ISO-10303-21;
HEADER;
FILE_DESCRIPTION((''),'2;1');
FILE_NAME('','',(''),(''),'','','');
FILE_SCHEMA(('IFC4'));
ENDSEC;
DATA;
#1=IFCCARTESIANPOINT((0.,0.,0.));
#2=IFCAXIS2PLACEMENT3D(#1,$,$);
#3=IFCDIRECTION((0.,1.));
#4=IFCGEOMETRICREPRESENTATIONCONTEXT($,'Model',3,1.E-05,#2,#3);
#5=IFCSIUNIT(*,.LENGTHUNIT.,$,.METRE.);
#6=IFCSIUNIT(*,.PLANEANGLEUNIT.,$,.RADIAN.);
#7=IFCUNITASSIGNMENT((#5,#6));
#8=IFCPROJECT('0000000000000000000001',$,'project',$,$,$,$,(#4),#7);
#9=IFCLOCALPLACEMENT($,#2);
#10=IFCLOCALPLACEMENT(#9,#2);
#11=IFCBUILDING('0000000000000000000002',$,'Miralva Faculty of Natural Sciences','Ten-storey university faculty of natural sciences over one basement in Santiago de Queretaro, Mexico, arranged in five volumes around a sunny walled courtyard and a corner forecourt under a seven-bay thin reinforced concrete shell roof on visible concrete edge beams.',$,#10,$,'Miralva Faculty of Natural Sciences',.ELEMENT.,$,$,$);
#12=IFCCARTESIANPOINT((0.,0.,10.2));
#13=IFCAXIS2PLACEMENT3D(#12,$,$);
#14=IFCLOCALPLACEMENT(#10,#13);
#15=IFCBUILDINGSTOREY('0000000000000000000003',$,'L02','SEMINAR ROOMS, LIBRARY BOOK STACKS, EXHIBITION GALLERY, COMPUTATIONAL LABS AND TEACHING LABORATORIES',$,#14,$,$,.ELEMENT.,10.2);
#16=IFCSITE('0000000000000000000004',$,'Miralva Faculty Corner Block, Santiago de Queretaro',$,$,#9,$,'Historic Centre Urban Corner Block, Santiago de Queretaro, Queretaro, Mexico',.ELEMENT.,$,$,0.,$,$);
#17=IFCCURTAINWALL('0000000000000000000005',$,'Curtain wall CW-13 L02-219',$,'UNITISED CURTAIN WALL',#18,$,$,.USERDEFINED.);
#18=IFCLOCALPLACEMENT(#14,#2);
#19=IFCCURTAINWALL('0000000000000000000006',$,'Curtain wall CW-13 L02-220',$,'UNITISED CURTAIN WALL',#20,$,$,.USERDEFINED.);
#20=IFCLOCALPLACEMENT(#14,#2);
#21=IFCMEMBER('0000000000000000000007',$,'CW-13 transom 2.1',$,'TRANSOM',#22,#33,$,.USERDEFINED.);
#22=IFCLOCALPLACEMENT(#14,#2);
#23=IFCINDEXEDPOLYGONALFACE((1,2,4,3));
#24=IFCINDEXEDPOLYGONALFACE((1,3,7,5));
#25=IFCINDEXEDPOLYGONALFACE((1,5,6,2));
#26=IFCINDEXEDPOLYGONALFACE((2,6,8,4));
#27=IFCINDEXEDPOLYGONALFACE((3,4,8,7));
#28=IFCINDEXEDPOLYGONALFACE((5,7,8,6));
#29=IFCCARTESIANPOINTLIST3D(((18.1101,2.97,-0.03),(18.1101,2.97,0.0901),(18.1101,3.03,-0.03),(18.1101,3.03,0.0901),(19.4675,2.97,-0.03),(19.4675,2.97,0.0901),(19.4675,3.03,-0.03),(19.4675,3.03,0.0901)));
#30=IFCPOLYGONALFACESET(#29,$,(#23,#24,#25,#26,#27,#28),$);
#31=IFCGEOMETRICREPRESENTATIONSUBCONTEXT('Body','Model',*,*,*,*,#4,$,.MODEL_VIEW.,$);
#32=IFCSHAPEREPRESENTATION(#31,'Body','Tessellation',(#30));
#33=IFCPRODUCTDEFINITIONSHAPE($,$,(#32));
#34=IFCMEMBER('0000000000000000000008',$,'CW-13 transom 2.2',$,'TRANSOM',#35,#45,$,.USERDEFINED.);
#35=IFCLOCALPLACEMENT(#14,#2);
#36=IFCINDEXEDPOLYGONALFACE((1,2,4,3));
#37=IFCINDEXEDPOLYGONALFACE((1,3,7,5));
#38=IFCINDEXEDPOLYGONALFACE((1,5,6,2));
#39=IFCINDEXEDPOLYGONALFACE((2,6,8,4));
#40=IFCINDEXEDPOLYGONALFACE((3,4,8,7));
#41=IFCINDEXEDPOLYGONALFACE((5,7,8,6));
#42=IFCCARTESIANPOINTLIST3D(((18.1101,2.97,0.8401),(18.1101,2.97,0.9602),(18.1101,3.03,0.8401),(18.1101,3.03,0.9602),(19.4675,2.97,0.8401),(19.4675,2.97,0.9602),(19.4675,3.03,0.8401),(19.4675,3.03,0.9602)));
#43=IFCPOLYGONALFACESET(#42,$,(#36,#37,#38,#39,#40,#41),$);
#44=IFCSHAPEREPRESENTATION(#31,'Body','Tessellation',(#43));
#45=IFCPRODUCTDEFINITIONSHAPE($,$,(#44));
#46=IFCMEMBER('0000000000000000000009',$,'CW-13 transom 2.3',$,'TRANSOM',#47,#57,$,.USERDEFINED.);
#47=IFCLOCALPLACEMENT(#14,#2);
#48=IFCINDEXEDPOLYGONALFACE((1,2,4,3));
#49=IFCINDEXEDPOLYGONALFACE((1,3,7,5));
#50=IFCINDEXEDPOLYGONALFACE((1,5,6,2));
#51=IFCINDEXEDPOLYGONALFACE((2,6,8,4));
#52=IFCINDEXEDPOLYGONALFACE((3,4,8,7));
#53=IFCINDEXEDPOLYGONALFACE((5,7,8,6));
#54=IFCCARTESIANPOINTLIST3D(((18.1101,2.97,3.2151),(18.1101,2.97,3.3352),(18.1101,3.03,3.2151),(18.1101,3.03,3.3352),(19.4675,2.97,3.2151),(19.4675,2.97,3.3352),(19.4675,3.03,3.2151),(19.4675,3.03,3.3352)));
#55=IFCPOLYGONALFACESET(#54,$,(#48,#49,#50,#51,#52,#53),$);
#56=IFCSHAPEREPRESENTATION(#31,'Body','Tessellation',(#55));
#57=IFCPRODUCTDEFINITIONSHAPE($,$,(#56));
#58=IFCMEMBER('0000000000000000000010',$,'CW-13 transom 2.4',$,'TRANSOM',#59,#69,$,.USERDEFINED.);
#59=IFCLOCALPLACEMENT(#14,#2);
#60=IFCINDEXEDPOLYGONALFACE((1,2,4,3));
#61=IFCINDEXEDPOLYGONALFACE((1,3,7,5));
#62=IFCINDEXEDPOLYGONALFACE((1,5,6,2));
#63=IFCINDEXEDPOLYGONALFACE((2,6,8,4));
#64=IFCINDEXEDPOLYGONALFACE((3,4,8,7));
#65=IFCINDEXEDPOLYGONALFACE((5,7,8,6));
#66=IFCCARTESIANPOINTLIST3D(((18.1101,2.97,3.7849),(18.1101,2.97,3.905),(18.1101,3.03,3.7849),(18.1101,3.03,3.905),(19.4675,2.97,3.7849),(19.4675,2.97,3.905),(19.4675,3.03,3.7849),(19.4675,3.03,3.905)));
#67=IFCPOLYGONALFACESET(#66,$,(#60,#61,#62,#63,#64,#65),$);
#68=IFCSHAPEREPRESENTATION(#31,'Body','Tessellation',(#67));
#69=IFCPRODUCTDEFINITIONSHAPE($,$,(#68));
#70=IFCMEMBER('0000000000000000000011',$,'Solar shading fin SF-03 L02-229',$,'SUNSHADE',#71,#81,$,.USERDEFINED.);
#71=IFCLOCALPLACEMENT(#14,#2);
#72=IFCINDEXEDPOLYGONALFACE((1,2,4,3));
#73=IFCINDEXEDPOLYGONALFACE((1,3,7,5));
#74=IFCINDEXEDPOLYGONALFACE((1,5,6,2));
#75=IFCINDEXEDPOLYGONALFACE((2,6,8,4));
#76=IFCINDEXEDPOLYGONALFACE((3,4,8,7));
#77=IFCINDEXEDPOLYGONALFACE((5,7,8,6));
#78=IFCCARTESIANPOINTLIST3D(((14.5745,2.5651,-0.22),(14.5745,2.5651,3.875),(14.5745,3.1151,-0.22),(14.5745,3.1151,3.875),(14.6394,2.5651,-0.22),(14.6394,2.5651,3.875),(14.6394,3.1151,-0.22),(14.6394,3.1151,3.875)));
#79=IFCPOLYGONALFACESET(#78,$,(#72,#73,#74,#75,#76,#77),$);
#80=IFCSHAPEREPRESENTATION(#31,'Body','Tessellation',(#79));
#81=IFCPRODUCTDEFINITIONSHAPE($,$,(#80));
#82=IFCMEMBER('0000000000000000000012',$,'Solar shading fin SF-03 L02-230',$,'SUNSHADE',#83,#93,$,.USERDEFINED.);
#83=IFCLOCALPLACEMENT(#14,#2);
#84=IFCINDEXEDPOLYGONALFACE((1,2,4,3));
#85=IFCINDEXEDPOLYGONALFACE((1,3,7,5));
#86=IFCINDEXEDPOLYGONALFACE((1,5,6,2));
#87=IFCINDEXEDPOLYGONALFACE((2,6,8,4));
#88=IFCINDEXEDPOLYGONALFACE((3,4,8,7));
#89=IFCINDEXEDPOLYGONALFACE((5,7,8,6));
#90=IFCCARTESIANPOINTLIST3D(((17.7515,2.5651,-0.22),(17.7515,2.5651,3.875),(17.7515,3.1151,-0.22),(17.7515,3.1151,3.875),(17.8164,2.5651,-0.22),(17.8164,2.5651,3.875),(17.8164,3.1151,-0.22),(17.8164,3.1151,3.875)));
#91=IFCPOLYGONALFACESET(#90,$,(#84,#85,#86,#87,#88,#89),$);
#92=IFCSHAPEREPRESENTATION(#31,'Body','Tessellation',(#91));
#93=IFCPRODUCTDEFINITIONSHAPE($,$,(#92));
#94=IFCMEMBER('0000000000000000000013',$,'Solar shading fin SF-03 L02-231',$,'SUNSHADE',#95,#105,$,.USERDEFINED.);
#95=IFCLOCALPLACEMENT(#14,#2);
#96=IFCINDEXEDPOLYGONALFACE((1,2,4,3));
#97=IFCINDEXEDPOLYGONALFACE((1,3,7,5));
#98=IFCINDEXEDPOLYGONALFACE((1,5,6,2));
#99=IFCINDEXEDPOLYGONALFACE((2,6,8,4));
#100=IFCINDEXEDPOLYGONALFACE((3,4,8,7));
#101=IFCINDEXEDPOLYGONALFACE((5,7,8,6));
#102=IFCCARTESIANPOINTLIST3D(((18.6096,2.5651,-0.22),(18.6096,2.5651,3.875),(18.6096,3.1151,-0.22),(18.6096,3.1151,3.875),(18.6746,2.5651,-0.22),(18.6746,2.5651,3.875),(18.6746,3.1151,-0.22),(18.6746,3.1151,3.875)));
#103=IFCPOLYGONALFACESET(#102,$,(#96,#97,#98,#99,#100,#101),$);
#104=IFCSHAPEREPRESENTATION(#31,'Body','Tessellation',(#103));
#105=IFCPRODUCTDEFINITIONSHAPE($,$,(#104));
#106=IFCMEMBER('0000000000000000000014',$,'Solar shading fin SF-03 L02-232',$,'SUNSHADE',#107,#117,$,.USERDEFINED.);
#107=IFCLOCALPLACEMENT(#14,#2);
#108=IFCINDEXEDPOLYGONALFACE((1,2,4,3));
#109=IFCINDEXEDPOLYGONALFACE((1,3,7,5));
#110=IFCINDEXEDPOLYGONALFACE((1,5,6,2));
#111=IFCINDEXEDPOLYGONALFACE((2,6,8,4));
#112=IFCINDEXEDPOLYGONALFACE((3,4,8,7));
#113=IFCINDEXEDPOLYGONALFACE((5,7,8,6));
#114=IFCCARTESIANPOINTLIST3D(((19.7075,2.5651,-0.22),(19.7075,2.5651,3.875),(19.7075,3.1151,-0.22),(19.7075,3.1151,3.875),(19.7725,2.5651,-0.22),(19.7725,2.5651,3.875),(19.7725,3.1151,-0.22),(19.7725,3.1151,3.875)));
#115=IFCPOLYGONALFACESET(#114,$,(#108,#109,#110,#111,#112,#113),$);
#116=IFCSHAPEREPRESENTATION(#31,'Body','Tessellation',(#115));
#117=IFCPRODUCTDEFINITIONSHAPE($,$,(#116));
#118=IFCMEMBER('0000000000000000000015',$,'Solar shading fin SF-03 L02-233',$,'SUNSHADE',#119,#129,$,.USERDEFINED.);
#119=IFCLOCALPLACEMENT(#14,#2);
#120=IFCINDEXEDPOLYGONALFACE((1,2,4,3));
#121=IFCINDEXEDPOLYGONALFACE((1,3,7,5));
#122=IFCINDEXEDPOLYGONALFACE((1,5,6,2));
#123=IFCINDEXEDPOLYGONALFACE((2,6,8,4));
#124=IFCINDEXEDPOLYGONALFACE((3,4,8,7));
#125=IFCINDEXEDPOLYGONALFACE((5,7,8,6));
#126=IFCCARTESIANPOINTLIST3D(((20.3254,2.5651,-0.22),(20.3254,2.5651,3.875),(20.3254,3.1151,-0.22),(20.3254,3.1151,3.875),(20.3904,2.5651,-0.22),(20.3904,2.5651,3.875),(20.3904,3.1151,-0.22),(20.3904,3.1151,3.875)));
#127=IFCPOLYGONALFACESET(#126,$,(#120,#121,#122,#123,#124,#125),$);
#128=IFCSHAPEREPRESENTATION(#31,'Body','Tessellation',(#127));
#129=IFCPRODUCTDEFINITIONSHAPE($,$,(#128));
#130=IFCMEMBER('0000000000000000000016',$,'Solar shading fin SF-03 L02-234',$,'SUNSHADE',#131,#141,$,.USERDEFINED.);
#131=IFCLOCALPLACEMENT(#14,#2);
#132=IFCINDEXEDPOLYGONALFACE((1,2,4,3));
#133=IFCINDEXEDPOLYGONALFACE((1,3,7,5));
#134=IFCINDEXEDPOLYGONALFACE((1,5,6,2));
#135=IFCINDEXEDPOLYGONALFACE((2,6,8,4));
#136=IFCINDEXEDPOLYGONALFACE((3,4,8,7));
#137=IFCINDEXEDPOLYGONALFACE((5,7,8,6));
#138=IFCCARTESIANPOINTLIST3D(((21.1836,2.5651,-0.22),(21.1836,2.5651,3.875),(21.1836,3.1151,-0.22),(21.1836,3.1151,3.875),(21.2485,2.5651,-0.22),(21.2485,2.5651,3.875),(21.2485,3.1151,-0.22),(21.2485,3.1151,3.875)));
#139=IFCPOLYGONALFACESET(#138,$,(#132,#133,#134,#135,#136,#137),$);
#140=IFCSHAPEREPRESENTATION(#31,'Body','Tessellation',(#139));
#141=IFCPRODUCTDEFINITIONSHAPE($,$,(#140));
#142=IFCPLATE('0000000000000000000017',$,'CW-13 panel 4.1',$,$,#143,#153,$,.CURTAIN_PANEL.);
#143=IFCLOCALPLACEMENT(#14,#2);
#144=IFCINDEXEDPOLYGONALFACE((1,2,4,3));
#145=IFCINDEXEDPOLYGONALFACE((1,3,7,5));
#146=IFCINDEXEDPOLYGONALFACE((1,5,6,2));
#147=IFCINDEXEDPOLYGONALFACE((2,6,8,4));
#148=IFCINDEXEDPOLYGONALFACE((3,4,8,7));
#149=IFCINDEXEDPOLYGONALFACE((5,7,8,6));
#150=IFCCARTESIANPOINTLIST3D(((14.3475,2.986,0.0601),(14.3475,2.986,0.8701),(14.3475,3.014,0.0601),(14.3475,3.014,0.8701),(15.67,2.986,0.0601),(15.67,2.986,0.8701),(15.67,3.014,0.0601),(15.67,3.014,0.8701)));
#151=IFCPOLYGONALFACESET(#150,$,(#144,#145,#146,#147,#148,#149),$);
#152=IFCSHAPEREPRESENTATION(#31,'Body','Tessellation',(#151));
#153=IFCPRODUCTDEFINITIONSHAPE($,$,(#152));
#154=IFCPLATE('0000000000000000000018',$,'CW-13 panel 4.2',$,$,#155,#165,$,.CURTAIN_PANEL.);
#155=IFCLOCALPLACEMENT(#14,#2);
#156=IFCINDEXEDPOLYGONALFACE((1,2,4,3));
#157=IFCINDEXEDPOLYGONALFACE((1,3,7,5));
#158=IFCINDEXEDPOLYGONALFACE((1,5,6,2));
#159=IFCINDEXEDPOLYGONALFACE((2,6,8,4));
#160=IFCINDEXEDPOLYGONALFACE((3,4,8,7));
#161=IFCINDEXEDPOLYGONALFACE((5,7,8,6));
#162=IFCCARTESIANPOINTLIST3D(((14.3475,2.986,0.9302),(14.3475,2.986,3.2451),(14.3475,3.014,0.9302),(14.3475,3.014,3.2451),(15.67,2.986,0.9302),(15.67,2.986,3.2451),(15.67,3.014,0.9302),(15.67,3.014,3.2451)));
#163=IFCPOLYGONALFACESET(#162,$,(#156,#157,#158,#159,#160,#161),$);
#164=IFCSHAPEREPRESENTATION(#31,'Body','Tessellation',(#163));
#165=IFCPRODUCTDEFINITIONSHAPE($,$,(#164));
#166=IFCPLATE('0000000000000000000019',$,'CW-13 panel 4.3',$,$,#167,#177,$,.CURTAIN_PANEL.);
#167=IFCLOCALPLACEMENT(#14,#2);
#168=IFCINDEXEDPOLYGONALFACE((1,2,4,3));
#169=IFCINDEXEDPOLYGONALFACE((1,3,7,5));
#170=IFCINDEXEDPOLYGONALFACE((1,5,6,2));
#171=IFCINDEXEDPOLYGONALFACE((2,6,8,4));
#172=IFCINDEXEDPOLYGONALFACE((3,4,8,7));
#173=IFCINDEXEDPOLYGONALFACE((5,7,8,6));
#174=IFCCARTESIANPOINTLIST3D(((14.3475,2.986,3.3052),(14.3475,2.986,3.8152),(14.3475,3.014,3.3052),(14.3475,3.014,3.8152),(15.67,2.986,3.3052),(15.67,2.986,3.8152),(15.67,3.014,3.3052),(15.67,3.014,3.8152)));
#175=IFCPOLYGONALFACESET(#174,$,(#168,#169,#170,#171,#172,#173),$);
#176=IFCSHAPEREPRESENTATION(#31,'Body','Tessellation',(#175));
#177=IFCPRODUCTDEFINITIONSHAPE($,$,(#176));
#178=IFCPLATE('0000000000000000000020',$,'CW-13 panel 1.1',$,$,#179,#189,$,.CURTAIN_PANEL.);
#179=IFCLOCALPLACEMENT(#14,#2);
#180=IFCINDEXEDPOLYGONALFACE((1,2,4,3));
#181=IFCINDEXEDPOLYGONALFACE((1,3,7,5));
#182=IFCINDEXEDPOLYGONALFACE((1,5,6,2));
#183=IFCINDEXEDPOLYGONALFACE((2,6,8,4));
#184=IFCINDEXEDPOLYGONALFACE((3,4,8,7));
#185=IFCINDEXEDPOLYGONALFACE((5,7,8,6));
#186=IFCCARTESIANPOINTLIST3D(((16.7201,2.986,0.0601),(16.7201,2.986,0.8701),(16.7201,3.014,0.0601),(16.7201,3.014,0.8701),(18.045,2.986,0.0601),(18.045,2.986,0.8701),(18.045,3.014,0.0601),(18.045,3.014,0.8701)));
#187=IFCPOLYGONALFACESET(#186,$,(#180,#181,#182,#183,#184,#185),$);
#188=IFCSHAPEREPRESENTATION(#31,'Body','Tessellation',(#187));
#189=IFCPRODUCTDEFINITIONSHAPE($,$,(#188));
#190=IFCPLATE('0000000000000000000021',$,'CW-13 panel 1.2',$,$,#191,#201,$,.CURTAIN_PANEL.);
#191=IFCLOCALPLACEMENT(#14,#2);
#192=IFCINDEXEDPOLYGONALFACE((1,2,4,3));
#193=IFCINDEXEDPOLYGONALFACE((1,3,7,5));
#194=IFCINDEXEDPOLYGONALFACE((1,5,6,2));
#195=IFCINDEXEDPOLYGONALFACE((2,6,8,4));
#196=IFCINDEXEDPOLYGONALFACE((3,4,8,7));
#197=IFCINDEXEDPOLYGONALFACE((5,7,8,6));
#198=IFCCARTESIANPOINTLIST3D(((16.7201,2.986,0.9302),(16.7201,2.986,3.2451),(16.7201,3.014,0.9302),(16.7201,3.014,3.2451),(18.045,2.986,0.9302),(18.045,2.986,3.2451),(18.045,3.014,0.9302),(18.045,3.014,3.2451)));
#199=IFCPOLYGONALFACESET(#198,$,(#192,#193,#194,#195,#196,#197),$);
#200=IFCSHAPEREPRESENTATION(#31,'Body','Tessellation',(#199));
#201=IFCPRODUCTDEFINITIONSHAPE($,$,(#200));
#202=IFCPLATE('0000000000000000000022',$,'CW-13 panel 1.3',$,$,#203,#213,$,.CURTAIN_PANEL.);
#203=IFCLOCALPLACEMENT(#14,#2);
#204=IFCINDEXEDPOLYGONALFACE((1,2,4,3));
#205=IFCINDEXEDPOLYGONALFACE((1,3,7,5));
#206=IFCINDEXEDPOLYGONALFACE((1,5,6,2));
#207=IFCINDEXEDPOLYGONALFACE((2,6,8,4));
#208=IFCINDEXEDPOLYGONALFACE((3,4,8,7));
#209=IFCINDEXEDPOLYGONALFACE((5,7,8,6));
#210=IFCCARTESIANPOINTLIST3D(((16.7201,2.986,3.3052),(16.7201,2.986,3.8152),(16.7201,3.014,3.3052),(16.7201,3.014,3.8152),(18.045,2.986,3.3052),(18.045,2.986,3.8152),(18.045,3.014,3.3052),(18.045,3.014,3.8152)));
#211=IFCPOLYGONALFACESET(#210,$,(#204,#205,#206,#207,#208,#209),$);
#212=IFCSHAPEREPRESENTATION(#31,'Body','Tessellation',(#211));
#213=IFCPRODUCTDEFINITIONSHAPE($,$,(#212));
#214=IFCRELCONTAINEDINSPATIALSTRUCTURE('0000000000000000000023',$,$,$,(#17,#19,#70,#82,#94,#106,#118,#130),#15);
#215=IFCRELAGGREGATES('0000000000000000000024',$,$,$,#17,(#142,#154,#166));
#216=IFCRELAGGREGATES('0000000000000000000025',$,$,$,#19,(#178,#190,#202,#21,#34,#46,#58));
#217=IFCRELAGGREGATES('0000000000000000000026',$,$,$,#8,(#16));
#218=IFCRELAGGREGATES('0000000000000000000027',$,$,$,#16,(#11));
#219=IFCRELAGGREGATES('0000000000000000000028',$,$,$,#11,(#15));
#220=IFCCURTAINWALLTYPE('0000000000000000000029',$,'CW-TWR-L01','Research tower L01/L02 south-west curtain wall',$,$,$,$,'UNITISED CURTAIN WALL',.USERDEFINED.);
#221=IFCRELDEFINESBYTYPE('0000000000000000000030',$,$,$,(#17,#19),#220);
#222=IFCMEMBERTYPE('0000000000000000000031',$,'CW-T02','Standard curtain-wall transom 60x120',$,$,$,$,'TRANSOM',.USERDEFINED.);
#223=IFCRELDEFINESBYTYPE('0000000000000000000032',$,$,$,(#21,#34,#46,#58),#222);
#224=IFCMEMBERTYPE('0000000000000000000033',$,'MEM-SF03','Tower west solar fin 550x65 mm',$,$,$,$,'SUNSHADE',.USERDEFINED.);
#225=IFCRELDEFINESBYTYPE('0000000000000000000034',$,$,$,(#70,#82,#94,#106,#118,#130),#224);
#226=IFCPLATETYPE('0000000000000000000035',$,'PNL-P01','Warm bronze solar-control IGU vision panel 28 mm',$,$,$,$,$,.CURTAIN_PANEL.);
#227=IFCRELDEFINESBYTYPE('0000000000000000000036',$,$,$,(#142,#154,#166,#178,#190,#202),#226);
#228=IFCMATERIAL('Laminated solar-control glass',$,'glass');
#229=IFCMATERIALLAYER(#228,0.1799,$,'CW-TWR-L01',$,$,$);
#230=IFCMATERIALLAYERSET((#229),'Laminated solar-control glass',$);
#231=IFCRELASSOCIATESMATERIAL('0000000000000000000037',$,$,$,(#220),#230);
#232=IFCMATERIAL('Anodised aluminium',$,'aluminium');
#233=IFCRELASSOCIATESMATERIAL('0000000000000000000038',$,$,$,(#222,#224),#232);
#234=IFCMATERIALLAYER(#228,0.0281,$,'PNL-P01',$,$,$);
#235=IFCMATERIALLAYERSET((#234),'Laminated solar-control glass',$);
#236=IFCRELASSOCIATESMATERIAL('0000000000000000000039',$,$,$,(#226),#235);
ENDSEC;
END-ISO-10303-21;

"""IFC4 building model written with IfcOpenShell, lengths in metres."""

from ifc_helpers import new_model, si_unit, direction, frame, origin, origin_2d, place, context, subcontext, project, spatial, rectangle, extrude, material, layer, layer_set, material_profile, profile_set, type_object, element, aggregate, save


model = new_model("IFC4")

# Units and contexts
model_context = context("Model", 3, precision=1e-05, world=origin(), true_north=direction((0.0, 1.0)))
body_context = subcontext(model_context, "Body", "Model", "MODEL_VIEW")
ifc_project = project(units=[si_unit("LENGTHUNIT", "METRE"), si_unit("PLANEANGLEUNIT", "RADIAN")], contexts=[model_context])

# Site, building, storey
site_placement = place(None, origin())
site = spatial("IfcSite", under=ifc_project, at=site_placement, Name="Miralva Faculty Corner Block, Santiago de Queretaro", LongName="Historic Centre Urban Corner Block, Santiago de Queretaro, Queretaro, Mexico", CompositionType="ELEMENT", RefElevation=0.0)
building_placement = place(site_placement, origin())
building = spatial("IfcBuilding", under=site, at=building_placement, Name="Miralva Faculty of Natural Sciences", Description="Ten-storey university faculty of natural sciences over one basement in Santiago de Queretaro, Mexico, arranged in five volumes around a sunny walled courtyard and a corner forecourt under a seven-bay thin reinforced concrete shell roof on visible concrete edge beams.", LongName="Miralva Faculty of Natural Sciences", CompositionType="ELEMENT")
storey_placement = place(building_placement, frame((0.0, 0.0, 10.2)))
storey = spatial("IfcBuildingStorey", under=building, at=storey_placement, Name="L02", Description="SEMINAR ROOMS, LIBRARY BOOK STACKS, EXHIBITION GALLERY, COMPUTATIONAL LABS AND TEACHING LABORATORIES", CompositionType="ELEMENT", Elevation=10.2)

# Curtain walls
ifc_material_1 = material(Name="Laminated solar-control glass", Category="glass")
ifc_layer_1 = layer(ifc_material_1, 0.1799, Name="CW-TWR-L01")
ifc_layer_set_1 = layer_set([ifc_layer_1], Name="Laminated solar-control glass")
curtain_wall_type = type_object("IfcCurtainWallType", Name="CW-TWR-L01", Description="Research tower L01/L02 south-west curtain wall", ElementType="UNITISED CURTAIN WALL", PredefinedType="USERDEFINED", material=ifc_layer_set_1)
curtain_wall_1_placement = place(storey_placement, origin())
curtain_wall_1 = element("IfcCurtainWall", 1, at=curtain_wall_1_placement, inside=storey, type_object=curtain_wall_type, Name="Curtain wall CW-13 L02-219", ObjectType="UNITISED CURTAIN WALL", PredefinedType="USERDEFINED")
ifc_material_2 = material(Name="Anodised aluminium", Category="aluminium")
curtain_wall_2_placement = place(storey_placement, origin())
curtain_wall_2 = element("IfcCurtainWall", 2, at=curtain_wall_2_placement, inside=storey, type_object=curtain_wall_type, Name="Curtain wall CW-13 L02-220", ObjectType="UNITISED CURTAIN WALL", PredefinedType="USERDEFINED")

# Members
ifc_material_profile_1 = material_profile(ifc_material_2, rectangle(XDim=0.0601, YDim=0.1201, at=origin_2d()), Name="TRANSOM 60x120")
ifc_profile_set_1 = profile_set([ifc_material_profile_1], Name="Anodised aluminium")
member_type_1 = type_object("IfcMemberType", Name="CW-T02", Description="Standard curtain-wall transom 60x120", ElementType="TRANSOM", PredefinedType="USERDEFINED", material=ifc_profile_set_1)
member_1_placement = place(storey_placement, frame((18.1101, 3.0, 0.03), z_axis=(1.0, 0.0, 0.0), x_axis=(0.0, 1.0, 0.0)))
member_1 = element("IfcMember", 3, at=member_1_placement, type_object=member_type_1, Name="CW-13 transom 2.1", ObjectType="TRANSOM", PredefinedType="USERDEFINED", context=body_context, shape_type="SweptSolid", body=[
    extrude(rectangle(XDim=0.0601, YDim=0.1201, at=origin_2d()), origin(), (0.0, 0.0, 1.0), 1.3574),
])
member_2_placement = place(storey_placement, frame((18.1101, 3.0, 0.9001), z_axis=(1.0, 0.0, 0.0), x_axis=(0.0, 1.0, 0.0)))
member_2 = element("IfcMember", 4, at=member_2_placement, type_object=member_type_1, Name="CW-13 transom 2.2", ObjectType="TRANSOM", PredefinedType="USERDEFINED", context=body_context, shape_type="SweptSolid", body=[
    extrude(rectangle(XDim=0.0601, YDim=0.1201, at=origin_2d()), origin(), (0.0, 0.0, 1.0), 1.3574),
])
member_3_placement = place(storey_placement, frame((18.1101, 3.0, 3.2751), z_axis=(1.0, 0.0, 0.0), x_axis=(0.0, 1.0, 0.0)))
member_3 = element("IfcMember", 5, at=member_3_placement, type_object=member_type_1, Name="CW-13 transom 2.3", ObjectType="TRANSOM", PredefinedType="USERDEFINED", context=body_context, shape_type="SweptSolid", body=[
    extrude(rectangle(XDim=0.0601, YDim=0.1201, at=origin_2d()), origin(), (0.0, 0.0, 1.0), 1.3574),
])
member_4_placement = place(storey_placement, frame((18.1101, 3.0, 3.845), z_axis=(1.0, 0.0, 0.0), x_axis=(0.0, 1.0, 0.0)))
member_4 = element("IfcMember", 6, at=member_4_placement, type_object=member_type_1, Name="CW-13 transom 2.4", ObjectType="TRANSOM", PredefinedType="USERDEFINED", context=body_context, shape_type="SweptSolid", body=[
    extrude(rectangle(XDim=0.0601, YDim=0.1201, at=origin_2d()), origin(), (0.0, 0.0, 1.0), 1.3574),
])

# Members
ifc_material_profile_2 = material_profile(ifc_material_2, rectangle(XDim=0.0649, YDim=0.55, at=origin_2d()), Name="FIN 550x65")
ifc_profile_set_2 = profile_set([ifc_material_profile_2], Name="Anodised aluminium")
member_type_2 = type_object("IfcMemberType", Name="MEM-SF03", Description="Tower west solar fin 550x65 mm", ElementType="SUNSHADE", PredefinedType="USERDEFINED", material=ifc_profile_set_2)
for number, where, z_axis, x_axis, name in (
    (7, (14.6069, 2.8401, -0.22), (0.0, 0.0, 1.0), (1.0, 0.0, 0.0), "Solar shading fin SF-03 L02-229"),
    (8, (17.7839, 2.8401, -0.22), (0.0, 0.0, 1.0), (1.0, 0.0, 0.0), "Solar shading fin SF-03 L02-230"),
    (9, (18.6421, 2.8401, -0.22), (0.0, 0.0, 1.0), (1.0, 0.0, 0.0), "Solar shading fin SF-03 L02-231"),
    (10, (19.74, 2.8401, -0.22), (0.0, 0.0, 1.0), (1.0, 0.0, 0.0), "Solar shading fin SF-03 L02-232"),
    (11, (20.3579, 2.8401, -0.22), (0.0, 0.0, 1.0), (1.0, 0.0, 0.0), "Solar shading fin SF-03 L02-233"),
    (12, (21.2161, 2.8401, -0.22), (0.0, 0.0, 1.0), (1.0, 0.0, 0.0), "Solar shading fin SF-03 L02-234"),
):
    element("IfcMember", number, at=place(storey_placement, frame(where, z_axis=z_axis, x_axis=x_axis)), inside=storey, type_object=member_type_2, Name=name, ObjectType="SUNSHADE", PredefinedType="USERDEFINED", context=body_context, shape_type="SweptSolid", body=[
        extrude(rectangle(XDim=0.0649, YDim=0.55, at=origin_2d()), origin(), (0.0, 0.0, 1.0), 4.095),
    ])

# Plates
ifc_layer_2 = layer(ifc_material_1, 0.0281, Name="PNL-P01")
ifc_layer_set_2 = layer_set([ifc_layer_2], Name="Laminated solar-control glass")
plate_type = type_object("IfcPlateType", Name="PNL-P01", Description="Warm bronze solar-control IGU vision panel 28 mm", PredefinedType="CURTAIN_PANEL", material=ifc_layer_set_2)
plate_1_placement = place(storey_placement, frame((15.0088, 3.0, 0.0601), z_axis=(0.0, 0.0, 1.0), x_axis=(1.0, 0.0, 0.0)))
plate_1 = element("IfcPlate", 13, at=plate_1_placement, type_object=plate_type, Name="CW-13 panel 4.1", PredefinedType="CURTAIN_PANEL", context=body_context, shape_type="SweptSolid", body=[
    extrude(rectangle(XDim=1.3225, YDim=0.0281, at=origin_2d()), origin(), (0.0, 0.0, 1.0), 0.8101),
])
plate_2_placement = place(storey_placement, frame((15.0088, 3.0, 0.9302), z_axis=(0.0, 0.0, 1.0), x_axis=(1.0, 0.0, 0.0)))
plate_2 = element("IfcPlate", 14, at=plate_2_placement, type_object=plate_type, Name="CW-13 panel 4.2", PredefinedType="CURTAIN_PANEL", context=body_context, shape_type="SweptSolid", body=[
    extrude(rectangle(XDim=1.3225, YDim=0.0281, at=origin_2d()), origin(), (0.0, 0.0, 1.0), 2.3149),
])
plate_3_placement = place(storey_placement, frame((15.0088, 3.0, 3.3052), z_axis=(0.0, 0.0, 1.0), x_axis=(1.0, 0.0, 0.0)))
plate_3 = element("IfcPlate", 15, at=plate_3_placement, type_object=plate_type, Name="CW-13 panel 4.3", PredefinedType="CURTAIN_PANEL", context=body_context, shape_type="SweptSolid", body=[
    extrude(rectangle(XDim=1.3225, YDim=0.0281, at=origin_2d()), origin(), (0.0, 0.0, 1.0), 0.51),
])
aggregate(curtain_wall_1, [plate_1, plate_2, plate_3])
plate_4_placement = place(storey_placement, frame((17.3826, 3.0, 0.0601), z_axis=(0.0, 0.0, 1.0), x_axis=(1.0, 0.0, 0.0)))
plate_4 = element("IfcPlate", 16, at=plate_4_placement, type_object=plate_type, Name="CW-13 panel 1.1", PredefinedType="CURTAIN_PANEL", context=body_context, shape_type="SweptSolid", body=[
    extrude(rectangle(XDim=1.325, YDim=0.0281, at=origin_2d()), origin(), (0.0, 0.0, 1.0), 0.8101),
])
plate_5_placement = place(storey_placement, frame((17.3826, 3.0, 0.9302), z_axis=(0.0, 0.0, 1.0), x_axis=(1.0, 0.0, 0.0)))
plate_5 = element("IfcPlate", 17, at=plate_5_placement, type_object=plate_type, Name="CW-13 panel 1.2", PredefinedType="CURTAIN_PANEL", context=body_context, shape_type="SweptSolid", body=[
    extrude(rectangle(XDim=1.325, YDim=0.0281, at=origin_2d()), origin(), (0.0, 0.0, 1.0), 2.3149),
])
plate_6_placement = place(storey_placement, frame((17.3826, 3.0, 3.3052), z_axis=(0.0, 0.0, 1.0), x_axis=(1.0, 0.0, 0.0)))
plate_6 = element("IfcPlate", 18, at=plate_6_placement, type_object=plate_type, Name="CW-13 panel 1.3", PredefinedType="CURTAIN_PANEL", context=body_context, shape_type="SweptSolid", body=[
    extrude(rectangle(XDim=1.325, YDim=0.0281, at=origin_2d()), origin(), (0.0, 0.0, 1.0), 0.51),
])
aggregate(curtain_wall_2, [plate_4, plate_5, plate_6, member_1, member_2, member_3, member_4])

save(model, "model.ifc")
